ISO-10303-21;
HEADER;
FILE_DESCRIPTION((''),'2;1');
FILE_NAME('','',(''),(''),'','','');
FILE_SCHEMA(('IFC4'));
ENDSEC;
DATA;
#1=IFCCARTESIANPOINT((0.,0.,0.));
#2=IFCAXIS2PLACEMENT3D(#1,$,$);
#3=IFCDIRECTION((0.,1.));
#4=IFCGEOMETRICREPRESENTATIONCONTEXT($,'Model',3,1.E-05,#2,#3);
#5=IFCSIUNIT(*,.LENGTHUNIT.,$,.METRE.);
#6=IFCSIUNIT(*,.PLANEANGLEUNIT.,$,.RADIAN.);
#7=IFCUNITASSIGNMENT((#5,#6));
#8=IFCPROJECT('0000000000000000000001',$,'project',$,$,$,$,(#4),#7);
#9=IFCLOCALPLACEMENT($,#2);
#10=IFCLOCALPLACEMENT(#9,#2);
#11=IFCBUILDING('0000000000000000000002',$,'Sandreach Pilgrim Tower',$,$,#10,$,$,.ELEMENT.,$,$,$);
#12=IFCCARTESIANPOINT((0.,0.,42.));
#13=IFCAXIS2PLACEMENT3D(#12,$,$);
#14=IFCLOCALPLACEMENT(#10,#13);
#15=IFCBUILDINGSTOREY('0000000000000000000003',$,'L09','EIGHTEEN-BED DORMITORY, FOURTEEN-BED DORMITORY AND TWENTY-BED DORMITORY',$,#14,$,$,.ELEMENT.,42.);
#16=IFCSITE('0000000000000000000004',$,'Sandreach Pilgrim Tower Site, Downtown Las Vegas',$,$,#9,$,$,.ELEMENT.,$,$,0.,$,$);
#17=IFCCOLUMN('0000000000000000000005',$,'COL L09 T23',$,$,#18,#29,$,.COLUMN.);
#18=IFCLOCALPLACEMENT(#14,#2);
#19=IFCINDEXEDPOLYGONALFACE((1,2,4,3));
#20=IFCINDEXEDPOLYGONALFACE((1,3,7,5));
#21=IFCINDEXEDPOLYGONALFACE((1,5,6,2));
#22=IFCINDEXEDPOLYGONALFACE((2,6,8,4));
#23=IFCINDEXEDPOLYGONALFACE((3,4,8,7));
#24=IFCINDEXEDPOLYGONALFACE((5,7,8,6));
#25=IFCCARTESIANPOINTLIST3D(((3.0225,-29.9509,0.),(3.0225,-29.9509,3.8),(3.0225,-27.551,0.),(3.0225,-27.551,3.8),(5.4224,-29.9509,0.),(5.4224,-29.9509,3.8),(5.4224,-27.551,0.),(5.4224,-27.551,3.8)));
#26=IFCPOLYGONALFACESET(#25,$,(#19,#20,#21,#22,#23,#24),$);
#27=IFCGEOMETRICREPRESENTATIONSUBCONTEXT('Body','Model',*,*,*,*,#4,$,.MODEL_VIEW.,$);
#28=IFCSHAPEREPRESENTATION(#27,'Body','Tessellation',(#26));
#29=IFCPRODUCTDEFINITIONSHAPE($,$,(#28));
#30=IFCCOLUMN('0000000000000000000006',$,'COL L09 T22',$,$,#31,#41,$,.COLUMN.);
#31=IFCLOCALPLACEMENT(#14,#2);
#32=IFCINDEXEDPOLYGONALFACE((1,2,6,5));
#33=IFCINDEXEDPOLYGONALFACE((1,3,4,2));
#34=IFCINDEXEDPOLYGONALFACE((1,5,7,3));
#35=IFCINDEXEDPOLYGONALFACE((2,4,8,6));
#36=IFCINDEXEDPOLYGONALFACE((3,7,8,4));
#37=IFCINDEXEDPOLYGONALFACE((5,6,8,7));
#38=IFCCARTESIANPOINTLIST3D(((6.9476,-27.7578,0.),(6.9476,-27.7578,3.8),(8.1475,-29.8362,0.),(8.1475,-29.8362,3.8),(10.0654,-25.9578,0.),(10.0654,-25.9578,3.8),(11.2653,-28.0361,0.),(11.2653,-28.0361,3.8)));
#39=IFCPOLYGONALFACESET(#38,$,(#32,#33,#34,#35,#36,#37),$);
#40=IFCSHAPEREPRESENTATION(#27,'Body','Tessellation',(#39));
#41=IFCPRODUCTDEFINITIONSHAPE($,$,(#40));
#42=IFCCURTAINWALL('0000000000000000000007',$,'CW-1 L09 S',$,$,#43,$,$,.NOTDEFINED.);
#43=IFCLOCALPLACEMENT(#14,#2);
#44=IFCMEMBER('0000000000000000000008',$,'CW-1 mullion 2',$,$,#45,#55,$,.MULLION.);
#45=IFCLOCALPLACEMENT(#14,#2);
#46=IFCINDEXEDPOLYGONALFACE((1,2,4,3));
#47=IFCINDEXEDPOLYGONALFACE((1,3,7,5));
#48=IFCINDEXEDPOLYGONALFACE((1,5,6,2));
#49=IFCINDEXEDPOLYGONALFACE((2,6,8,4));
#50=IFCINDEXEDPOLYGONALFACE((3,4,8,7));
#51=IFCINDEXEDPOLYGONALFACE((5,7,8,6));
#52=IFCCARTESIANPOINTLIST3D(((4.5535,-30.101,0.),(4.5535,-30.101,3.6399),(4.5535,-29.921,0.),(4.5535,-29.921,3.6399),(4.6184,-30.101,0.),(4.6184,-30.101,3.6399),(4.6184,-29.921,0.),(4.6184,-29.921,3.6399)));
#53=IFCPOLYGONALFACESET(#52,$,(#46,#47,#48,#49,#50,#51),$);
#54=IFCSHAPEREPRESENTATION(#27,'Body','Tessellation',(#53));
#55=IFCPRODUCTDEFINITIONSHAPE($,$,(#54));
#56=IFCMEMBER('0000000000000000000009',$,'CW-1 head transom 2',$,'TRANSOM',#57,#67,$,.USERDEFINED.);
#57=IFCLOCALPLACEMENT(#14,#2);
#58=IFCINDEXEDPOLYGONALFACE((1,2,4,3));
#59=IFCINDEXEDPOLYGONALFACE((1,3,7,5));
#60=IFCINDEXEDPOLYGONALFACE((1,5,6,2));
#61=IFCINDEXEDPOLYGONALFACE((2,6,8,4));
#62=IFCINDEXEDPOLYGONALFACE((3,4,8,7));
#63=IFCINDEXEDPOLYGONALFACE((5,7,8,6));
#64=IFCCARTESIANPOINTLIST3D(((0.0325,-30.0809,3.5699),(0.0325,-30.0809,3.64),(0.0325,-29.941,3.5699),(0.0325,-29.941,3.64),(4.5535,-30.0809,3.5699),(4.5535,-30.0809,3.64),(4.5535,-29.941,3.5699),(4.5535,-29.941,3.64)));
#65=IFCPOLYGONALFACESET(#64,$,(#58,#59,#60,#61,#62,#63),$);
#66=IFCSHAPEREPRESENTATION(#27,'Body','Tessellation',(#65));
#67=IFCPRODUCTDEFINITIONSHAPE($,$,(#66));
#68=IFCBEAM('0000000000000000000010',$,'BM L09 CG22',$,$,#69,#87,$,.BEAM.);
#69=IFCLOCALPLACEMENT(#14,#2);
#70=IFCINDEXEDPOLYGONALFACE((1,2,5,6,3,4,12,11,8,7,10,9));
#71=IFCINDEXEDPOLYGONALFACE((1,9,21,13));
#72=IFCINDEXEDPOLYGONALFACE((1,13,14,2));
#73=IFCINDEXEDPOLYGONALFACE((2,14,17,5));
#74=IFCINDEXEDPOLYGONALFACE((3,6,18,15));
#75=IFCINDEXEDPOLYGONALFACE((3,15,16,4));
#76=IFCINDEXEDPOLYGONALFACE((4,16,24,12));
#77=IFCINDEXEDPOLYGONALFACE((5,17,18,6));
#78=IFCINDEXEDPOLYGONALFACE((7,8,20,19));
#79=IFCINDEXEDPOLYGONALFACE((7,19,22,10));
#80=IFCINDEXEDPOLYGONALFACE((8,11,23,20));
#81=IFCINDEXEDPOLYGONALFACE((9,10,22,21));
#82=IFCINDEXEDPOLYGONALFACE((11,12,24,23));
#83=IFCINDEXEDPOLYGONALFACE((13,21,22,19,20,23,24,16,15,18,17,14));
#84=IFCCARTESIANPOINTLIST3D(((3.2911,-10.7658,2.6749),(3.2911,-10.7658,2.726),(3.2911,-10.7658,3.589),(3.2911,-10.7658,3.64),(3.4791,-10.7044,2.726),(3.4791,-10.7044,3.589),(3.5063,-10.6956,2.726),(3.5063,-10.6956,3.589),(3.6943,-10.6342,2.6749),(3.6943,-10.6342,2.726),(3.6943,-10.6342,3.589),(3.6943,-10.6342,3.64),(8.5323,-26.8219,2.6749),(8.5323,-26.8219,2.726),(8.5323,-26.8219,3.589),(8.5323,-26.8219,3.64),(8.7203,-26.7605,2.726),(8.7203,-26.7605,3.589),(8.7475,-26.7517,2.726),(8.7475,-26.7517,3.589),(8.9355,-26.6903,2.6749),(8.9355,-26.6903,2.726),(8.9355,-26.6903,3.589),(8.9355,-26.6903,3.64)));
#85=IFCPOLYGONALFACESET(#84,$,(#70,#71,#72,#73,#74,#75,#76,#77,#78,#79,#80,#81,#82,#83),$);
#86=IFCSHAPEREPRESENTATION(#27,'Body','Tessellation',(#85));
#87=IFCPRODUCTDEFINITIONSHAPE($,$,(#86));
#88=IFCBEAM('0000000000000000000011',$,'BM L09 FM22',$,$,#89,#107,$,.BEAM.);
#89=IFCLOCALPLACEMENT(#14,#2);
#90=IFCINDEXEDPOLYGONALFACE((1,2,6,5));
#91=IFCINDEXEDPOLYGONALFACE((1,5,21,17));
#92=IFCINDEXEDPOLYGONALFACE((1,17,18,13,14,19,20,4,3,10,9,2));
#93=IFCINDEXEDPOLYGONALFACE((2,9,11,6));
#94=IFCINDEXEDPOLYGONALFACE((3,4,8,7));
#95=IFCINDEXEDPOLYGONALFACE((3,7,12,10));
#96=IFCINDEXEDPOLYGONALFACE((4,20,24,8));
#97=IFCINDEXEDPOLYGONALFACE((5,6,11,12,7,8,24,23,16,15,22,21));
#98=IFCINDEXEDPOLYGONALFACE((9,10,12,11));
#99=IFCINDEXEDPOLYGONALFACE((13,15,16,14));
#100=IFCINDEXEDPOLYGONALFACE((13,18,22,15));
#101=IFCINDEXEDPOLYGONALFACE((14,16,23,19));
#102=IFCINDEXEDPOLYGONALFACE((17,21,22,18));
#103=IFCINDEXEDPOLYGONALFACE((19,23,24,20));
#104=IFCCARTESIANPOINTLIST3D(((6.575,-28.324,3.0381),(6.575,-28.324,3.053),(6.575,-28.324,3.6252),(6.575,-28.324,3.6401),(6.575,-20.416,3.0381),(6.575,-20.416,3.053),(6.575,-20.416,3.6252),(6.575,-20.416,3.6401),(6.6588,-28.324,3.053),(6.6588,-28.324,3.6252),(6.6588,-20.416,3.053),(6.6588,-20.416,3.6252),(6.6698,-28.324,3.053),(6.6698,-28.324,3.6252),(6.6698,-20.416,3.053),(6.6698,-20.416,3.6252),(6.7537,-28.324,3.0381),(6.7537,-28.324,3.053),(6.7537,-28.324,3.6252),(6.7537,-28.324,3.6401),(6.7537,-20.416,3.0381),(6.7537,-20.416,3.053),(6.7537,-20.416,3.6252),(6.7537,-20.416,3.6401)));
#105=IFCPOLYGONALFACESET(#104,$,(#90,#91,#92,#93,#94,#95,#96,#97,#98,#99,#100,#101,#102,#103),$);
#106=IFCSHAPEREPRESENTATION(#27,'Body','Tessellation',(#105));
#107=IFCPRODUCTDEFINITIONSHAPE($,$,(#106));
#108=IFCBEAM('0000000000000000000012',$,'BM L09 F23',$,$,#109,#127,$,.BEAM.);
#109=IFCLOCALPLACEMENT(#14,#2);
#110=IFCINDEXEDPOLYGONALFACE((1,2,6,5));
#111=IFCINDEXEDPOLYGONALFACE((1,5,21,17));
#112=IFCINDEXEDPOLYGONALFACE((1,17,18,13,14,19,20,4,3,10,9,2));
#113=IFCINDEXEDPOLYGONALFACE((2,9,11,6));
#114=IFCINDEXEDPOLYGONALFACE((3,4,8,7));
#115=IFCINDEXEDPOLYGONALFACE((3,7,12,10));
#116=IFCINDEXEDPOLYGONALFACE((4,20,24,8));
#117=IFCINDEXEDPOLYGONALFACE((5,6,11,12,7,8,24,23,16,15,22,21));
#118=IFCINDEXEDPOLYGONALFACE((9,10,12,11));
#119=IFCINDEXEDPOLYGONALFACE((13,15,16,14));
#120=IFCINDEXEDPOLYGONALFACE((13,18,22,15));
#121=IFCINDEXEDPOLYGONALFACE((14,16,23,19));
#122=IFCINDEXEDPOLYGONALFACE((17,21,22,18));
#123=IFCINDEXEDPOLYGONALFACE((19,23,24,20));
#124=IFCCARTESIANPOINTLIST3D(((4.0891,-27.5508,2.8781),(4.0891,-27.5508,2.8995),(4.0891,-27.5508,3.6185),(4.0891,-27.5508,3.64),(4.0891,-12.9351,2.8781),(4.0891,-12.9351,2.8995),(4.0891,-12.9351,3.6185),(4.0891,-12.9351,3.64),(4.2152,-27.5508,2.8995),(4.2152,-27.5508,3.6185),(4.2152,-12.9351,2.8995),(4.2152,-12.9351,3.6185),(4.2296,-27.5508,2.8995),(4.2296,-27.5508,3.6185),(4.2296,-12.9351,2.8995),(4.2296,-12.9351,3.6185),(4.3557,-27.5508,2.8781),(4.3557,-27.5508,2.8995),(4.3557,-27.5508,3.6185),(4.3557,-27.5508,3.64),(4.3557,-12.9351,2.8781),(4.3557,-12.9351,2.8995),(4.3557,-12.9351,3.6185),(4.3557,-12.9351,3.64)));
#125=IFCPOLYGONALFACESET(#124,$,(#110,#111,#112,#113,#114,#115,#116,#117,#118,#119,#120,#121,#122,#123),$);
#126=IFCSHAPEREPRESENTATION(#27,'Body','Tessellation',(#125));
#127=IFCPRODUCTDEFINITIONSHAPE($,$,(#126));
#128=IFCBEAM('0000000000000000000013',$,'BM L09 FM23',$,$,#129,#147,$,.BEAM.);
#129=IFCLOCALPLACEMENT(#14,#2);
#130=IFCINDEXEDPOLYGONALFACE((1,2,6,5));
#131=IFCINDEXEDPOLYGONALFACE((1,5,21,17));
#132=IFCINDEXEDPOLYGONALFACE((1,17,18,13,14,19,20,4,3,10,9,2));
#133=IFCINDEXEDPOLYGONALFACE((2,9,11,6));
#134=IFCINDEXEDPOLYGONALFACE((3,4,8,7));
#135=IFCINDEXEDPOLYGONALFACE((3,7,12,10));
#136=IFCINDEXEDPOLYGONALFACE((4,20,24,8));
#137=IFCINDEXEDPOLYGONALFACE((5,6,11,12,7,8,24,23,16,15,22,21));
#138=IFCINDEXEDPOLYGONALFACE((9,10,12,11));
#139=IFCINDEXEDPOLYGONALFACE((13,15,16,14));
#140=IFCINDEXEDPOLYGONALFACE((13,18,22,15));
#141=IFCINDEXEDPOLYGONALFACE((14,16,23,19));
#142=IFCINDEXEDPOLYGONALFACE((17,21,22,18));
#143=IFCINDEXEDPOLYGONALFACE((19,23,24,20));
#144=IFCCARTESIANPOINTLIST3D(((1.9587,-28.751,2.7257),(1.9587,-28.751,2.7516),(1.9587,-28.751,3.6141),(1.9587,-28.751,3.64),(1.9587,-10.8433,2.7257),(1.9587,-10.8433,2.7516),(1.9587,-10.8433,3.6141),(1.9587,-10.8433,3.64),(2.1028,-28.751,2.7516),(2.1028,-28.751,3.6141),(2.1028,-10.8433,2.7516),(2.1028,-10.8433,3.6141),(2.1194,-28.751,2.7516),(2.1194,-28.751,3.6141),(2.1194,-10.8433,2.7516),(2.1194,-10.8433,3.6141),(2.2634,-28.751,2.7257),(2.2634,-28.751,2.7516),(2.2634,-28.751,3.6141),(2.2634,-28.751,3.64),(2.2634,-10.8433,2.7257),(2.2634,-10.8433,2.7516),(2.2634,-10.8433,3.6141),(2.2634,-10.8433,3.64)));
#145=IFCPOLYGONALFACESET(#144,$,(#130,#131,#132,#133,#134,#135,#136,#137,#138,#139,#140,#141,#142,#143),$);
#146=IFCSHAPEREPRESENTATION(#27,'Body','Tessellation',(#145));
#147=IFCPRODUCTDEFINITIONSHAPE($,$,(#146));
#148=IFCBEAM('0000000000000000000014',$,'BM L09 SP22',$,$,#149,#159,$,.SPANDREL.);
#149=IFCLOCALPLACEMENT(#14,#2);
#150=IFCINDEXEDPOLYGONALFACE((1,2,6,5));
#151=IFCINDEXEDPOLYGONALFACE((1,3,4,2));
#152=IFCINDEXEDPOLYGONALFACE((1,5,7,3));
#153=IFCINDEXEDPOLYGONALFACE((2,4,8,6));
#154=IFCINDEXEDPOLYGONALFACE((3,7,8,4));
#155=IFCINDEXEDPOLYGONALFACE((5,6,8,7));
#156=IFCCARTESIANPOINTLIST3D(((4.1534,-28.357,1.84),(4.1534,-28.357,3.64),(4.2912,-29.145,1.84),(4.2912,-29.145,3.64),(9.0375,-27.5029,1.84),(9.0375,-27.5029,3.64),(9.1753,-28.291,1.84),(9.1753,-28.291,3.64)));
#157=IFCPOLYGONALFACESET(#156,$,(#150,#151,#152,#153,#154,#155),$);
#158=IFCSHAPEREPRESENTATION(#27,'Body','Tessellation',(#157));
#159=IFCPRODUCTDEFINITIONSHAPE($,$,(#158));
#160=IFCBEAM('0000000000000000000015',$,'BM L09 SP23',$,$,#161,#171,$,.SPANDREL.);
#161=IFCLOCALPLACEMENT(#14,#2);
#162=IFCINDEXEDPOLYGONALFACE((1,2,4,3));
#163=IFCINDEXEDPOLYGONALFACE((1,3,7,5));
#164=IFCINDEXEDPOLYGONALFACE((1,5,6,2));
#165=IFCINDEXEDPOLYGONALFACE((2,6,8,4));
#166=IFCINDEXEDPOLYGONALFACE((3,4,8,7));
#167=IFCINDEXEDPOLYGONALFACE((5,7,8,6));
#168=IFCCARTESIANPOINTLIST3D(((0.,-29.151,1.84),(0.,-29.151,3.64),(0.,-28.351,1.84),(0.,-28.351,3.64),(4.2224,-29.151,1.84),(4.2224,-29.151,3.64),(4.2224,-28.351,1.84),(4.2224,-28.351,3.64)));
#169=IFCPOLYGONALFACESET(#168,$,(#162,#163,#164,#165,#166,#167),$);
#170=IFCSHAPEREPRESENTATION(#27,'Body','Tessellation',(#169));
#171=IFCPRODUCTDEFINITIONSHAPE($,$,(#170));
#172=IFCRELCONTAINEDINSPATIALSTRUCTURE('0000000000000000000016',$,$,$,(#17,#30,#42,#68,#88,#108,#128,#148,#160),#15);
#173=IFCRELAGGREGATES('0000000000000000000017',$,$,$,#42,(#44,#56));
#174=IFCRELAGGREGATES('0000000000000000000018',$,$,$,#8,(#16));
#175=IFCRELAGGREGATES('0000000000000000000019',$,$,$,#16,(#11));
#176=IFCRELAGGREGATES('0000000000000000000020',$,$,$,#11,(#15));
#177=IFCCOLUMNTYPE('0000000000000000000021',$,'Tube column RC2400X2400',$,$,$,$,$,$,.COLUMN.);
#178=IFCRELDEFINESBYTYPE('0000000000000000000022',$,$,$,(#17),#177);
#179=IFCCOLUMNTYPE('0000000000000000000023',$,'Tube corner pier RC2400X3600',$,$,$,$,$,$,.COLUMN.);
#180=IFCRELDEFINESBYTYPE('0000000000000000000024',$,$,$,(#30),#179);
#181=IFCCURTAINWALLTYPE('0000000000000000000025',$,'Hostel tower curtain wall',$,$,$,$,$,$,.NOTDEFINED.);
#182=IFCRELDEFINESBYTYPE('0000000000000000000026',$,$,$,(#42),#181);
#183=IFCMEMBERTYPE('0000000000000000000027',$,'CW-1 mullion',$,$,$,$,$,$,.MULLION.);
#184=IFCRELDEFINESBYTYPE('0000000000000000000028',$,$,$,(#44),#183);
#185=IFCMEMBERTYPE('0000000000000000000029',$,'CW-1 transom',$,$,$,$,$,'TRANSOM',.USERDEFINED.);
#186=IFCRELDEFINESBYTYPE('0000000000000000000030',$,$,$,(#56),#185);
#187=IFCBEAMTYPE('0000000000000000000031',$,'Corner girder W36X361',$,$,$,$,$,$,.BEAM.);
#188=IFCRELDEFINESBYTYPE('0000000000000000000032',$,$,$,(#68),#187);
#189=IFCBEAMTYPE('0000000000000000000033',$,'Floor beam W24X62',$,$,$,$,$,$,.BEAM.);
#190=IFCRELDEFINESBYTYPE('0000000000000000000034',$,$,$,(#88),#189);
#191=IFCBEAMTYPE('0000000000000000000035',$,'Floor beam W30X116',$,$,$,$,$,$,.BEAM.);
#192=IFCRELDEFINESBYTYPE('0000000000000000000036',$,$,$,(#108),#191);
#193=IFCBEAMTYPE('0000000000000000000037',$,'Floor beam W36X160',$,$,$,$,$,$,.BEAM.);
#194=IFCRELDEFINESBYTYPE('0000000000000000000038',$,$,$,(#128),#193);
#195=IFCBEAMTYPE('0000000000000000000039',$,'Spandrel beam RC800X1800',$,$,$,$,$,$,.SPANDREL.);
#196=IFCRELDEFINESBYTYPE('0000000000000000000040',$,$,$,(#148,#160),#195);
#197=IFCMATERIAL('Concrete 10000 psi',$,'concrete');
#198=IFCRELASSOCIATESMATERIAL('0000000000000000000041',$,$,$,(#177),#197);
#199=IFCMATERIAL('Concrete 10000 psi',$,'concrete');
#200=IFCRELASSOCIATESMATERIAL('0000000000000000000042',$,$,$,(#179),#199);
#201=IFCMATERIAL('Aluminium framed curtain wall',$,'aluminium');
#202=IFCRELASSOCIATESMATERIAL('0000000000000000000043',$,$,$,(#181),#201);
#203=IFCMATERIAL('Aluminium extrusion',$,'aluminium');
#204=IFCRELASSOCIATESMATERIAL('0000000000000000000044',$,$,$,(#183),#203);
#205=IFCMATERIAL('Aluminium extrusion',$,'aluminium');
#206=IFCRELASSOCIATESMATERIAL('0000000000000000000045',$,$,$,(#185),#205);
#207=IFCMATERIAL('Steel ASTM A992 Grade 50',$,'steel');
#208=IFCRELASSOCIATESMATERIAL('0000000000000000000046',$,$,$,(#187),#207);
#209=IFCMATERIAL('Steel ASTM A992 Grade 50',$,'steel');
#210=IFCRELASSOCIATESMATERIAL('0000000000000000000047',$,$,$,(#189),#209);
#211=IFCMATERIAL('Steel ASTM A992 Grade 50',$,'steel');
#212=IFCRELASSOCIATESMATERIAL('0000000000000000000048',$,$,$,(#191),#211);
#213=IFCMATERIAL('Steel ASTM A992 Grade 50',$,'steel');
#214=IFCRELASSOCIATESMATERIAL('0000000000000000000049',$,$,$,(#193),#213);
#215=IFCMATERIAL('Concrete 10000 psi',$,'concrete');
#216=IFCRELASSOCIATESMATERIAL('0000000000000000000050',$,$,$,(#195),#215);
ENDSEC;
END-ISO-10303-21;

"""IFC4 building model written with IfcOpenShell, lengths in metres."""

from ifc_helpers import new_model, si_unit, direction, frame, origin, origin_2d, place, context, subcontext, project, spatial, rectangle, i_section, extrude, material, material_profile, profile_set, type_object, element, aggregate, save


model = new_model("IFC4")

# Units and contexts
model_context = context("Model", 3, precision=1e-05, world=origin(), true_north=direction((0.0, 1.0)))
body_context = subcontext(model_context, "Body", "Model", "MODEL_VIEW")
ifc_project = project(units=[si_unit("LENGTHUNIT", "METRE"), si_unit("PLANEANGLEUNIT", "RADIAN")], contexts=[model_context])

# Site, building, storey
site_placement = place(None, origin())
site = spatial("IfcSite", under=ifc_project, at=site_placement, Name="Sandreach Pilgrim Tower Site, Downtown Las Vegas", CompositionType="ELEMENT", RefElevation=0.0)
building_placement = place(site_placement, origin())
building = spatial("IfcBuilding", under=site, at=building_placement, Name="Sandreach Pilgrim Tower", CompositionType="ELEMENT")
storey_placement = place(building_placement, frame((0.0, 0.0, 42.0)))
storey = spatial("IfcBuildingStorey", under=building, at=storey_placement, Name="L09", Description="EIGHTEEN-BED DORMITORY, FOURTEEN-BED DORMITORY AND TWENTY-BED DORMITORY", CompositionType="ELEMENT", Elevation=42.0)

# Columns
ifc_material_1 = material(Name="Concrete 10000 psi", Category="concrete")
ifc_material_profile_1 = material_profile(ifc_material_1, rectangle(XDim=2.3999, YDim=2.3999, at=origin_2d()), Name="RC2400X2400")
ifc_profile_set_1 = profile_set([ifc_material_profile_1], Name="Concrete 10000 psi")
column_type_1 = type_object("IfcColumnType", Name="Tube column RC2400X2400", PredefinedType="COLUMN", material=ifc_profile_set_1)
column_1_placement = place(storey_placement, frame((4.2224, -28.751, 0.0), z_axis=(0.0, 0.0, 1.0), x_axis=(0.0, -1.0, 0.0)))
element("IfcColumn", 1, at=column_1_placement, inside=storey, type_object=column_type_1, Name="COL L09 T23", PredefinedType="COLUMN", context=body_context, shape_type="SweptSolid", body=[
    extrude(rectangle(XDim=2.3999, YDim=2.3999, at=origin_2d()), origin(), (0.0, 0.0, 1.0), 3.8),
])
ifc_material_2 = material(Name="Concrete 10000 psi", Category="concrete")
ifc_material_profile_2 = material_profile(ifc_material_2, rectangle(XDim=2.3999, YDim=3.6001, at=origin_2d()), Name="RC2400X3600")
ifc_profile_set_2 = profile_set([ifc_material_profile_2], Name="Concrete 10000 psi")
column_type_2 = type_object("IfcColumnType", Name="Tube corner pier RC2400X3600", PredefinedType="COLUMN", material=ifc_profile_set_2)
column_2_placement = place(storey_placement, frame((9.1064, -27.897, 0.0), z_axis=(0.0, 0.0, 1.0), x_axis=(0.5, -0.866025, 0.0)))
element("IfcColumn", 2, at=column_2_placement, inside=storey, type_object=column_type_2, Name="COL L09 T22", PredefinedType="COLUMN", context=body_context, shape_type="SweptSolid", body=[
    extrude(rectangle(XDim=2.3999, YDim=3.6001, at=origin_2d()), origin(), (0.0, 0.0, 1.0), 3.8),
])

# Curtain wall, members
ifc_material_3 = material(Name="Aluminium framed curtain wall", Category="aluminium")
curtain_wall_type = type_object("IfcCurtainWallType", Name="Hostel tower curtain wall", PredefinedType="NOTDEFINED", material=ifc_material_3)
curtain_wall_placement = place(storey_placement, origin())
curtain_wall = element("IfcCurtainWall", 3, at=curtain_wall_placement, inside=storey, type_object=curtain_wall_type, Name="CW-1 L09 S", PredefinedType="NOTDEFINED")
ifc_material_4 = material(Name="Aluminium extrusion", Category="aluminium")
ifc_material_profile_3 = material_profile(ifc_material_4, rectangle(XDim=0.0649, YDim=0.1799, at=origin_2d()), Name="CW-1M 65X180")
ifc_profile_set_3 = profile_set([ifc_material_profile_3], Name="Aluminium extrusion")
member_type_1 = type_object("IfcMemberType", Name="CW-1 mullion", PredefinedType="MULLION", material=ifc_profile_set_3)
member_1_placement = place(storey_placement, frame((4.5859, -30.011, 0.0), z_axis=(0.0, 0.0, 1.0), x_axis=(-1.0, 0.0, 0.0)))
member_1 = element("IfcMember", 4, at=member_1_placement, type_object=member_type_1, Name="CW-1 mullion 2", PredefinedType="MULLION", context=body_context, shape_type="SweptSolid", body=[
    extrude(rectangle(XDim=0.0649, YDim=0.1799, at=origin_2d()), origin(), (0.0, 0.0, 1.0), 3.6399),
])
ifc_material_5 = material(Name="Aluminium extrusion", Category="aluminium")
ifc_material_profile_4 = material_profile(ifc_material_5, rectangle(XDim=0.1399, YDim=0.0701, at=origin_2d()), Name="CW-1T 140X70")
ifc_profile_set_4 = profile_set([ifc_material_profile_4], Name="Aluminium extrusion")
member_type_2 = type_object("IfcMemberType", Name="CW-1 transom", ElementType="TRANSOM", PredefinedType="USERDEFINED", material=ifc_profile_set_4)
member_2_placement = place(storey_placement, frame((4.5535, -30.011, 3.605), z_axis=(-1.0, 0.0, 0.0), x_axis=(0.0, -1.0, 0.0)))
member_2 = element("IfcMember", 5, at=member_2_placement, type_object=member_type_2, Name="CW-1 head transom 2", ObjectType="TRANSOM", PredefinedType="USERDEFINED", context=body_context, shape_type="SweptSolid", body=[
    extrude(rectangle(XDim=0.1399, YDim=0.0701, at=origin_2d()), origin(), (0.0, 0.0, 1.0), 4.521),
])

# Beams
ifc_material_6 = material(Name="Steel ASTM A992 Grade 50", Category="steel")
ifc_material_profile_5 = material_profile(ifc_material_6, i_section(OverallWidth=0.4241, OverallDepth=0.9651, WebThickness=0.0286, FlangeThickness=0.051, at=origin_2d()), Name="W36X361")
ifc_profile_set_5 = profile_set([ifc_material_profile_5], Name="Steel ASTM A992 Grade 50")
beam_type_1 = type_object("IfcBeamType", Name="Corner girder W36X361", PredefinedType="BEAM", material=ifc_profile_set_5)
beam_1_placement = place(storey_placement, frame((8.7339, -26.7561, 3.1575), z_axis=(-0.310315, 0.950634, 0.0), x_axis=(-0.950634, -0.310315, 0.0)))
element("IfcBeam", 6, at=beam_1_placement, inside=storey, type_object=beam_type_1, Name="BM L09 CG22", PredefinedType="BEAM", context=body_context, shape_type="SweptSolid", body=[
    extrude(i_section(OverallWidth=0.4241, OverallDepth=0.9651, WebThickness=0.0286, FlangeThickness=0.051, at=origin_2d()), origin(), (0.0, 0.0, 1.0), 16.8899),
])
ifc_material_7 = material(Name="Steel ASTM A992 Grade 50", Category="steel")
ifc_material_profile_6 = material_profile(ifc_material_7, i_section(OverallWidth=0.1787, OverallDepth=0.6021, WebThickness=0.011, FlangeThickness=0.0149, at=origin_2d()), Name="W24X62")
ifc_profile_set_6 = profile_set([ifc_material_profile_6], Name="Steel ASTM A992 Grade 50")
beam_type_2 = type_object("IfcBeamType", Name="Floor beam W24X62", PredefinedType="BEAM", material=ifc_profile_set_6)
beam_2_placement = place(storey_placement, frame((6.6643, -28.324, 3.3391), z_axis=(0.0, 1.0, 0.0), x_axis=(-1.0, 0.0, 0.0)))
element("IfcBeam", 7, at=beam_2_placement, inside=storey, type_object=beam_type_2, Name="BM L09 FM22", PredefinedType="BEAM", context=body_context, shape_type="SweptSolid", body=[
    extrude(i_section(OverallWidth=0.1787, OverallDepth=0.6021, WebThickness=0.011, FlangeThickness=0.0149, at=origin_2d()), origin(), (0.0, 0.0, 1.0), 7.908),
])
ifc_material_8 = material(Name="Steel ASTM A992 Grade 50", Category="steel")
ifc_material_profile_7 = material_profile(ifc_material_8, i_section(OverallWidth=0.2666, OverallDepth=0.762, WebThickness=0.0144, FlangeThickness=0.0215, at=origin_2d()), Name="W30X116")
ifc_profile_set_7 = profile_set([ifc_material_profile_7], Name="Steel ASTM A992 Grade 50")
beam_type_3 = type_object("IfcBeamType", Name="Floor beam W30X116", PredefinedType="BEAM", material=ifc_profile_set_7)
beam_3_placement = place(storey_placement, frame((4.2224, -27.5508, 3.259), z_axis=(0.0, 1.0, 0.0), x_axis=(-1.0, 0.0, 0.0)))
element("IfcBeam", 8, at=beam_3_placement, inside=storey, type_object=beam_type_3, Name="BM L09 F23", PredefinedType="BEAM", context=body_context, shape_type="SweptSolid", body=[
    extrude(i_section(OverallWidth=0.2666, OverallDepth=0.762, WebThickness=0.0144, FlangeThickness=0.0215, at=origin_2d()), origin(), (0.0, 0.0, 1.0), 14.6157),
])
ifc_material_9 = material(Name="Steel ASTM A992 Grade 50", Category="steel")
ifc_material_profile_8 = material_profile(ifc_material_9, i_section(OverallWidth=0.3047, OverallDepth=0.9143, WebThickness=0.0166, FlangeThickness=0.0259, at=origin_2d()), Name="W36X160")
ifc_profile_set_8 = profile_set([ifc_material_profile_8], Name="Steel ASTM A992 Grade 50")
beam_type_4 = type_object("IfcBeamType", Name="Floor beam W36X160", PredefinedType="BEAM", material=ifc_profile_set_8)
beam_4_placement = place(storey_placement, frame((2.1111, -28.751, 3.1829), z_axis=(0.0, 1.0, 0.0), x_axis=(-1.0, 0.0, 0.0)))
element("IfcBeam", 9, at=beam_4_placement, inside=storey, type_object=beam_type_4, Name="BM L09 FM23", PredefinedType="BEAM", context=body_context, shape_type="SweptSolid", body=[
    extrude(i_section(OverallWidth=0.3047, OverallDepth=0.9143, WebThickness=0.0166, FlangeThickness=0.0259, at=origin_2d()), origin(), (0.0, 0.0, 1.0), 17.9077),
])
ifc_material_10 = material(Name="Concrete 10000 psi", Category="concrete")
ifc_material_profile_9 = material_profile(ifc_material_10, rectangle(XDim=0.8, YDim=1.8, at=origin_2d()), Name="RC800X1800")
ifc_profile_set_9 = profile_set([ifc_material_profile_9], Name="Concrete 10000 psi")
beam_type_5 = type_object("IfcBeamType", Name="Spandrel beam RC800X1800", PredefinedType="SPANDREL", material=ifc_profile_set_9)
beam_5_placement = place(storey_placement, frame((9.1064, -27.897, 2.74), z_axis=(-0.985054, -0.172243, 0.0), x_axis=(0.172243, -0.985054, 0.0)))
element("IfcBeam", 10, at=beam_5_placement, inside=storey, type_object=beam_type_5, Name="BM L09 SP22", PredefinedType="SPANDREL", context=body_context, shape_type="SweptSolid", body=[
    extrude(rectangle(XDim=0.8, YDim=1.8, at=origin_2d()), origin(), (0.0, 0.0, 1.0), 4.9583),
])
beam_6_placement = place(storey_placement, frame((4.2224, -28.751, 2.74), z_axis=(-1.0, 0.0, 0.0), x_axis=(0.0, -1.0, 0.0)))
element("IfcBeam", 11, at=beam_6_placement, inside=storey, type_object=beam_type_5, Name="BM L09 SP23", PredefinedType="SPANDREL", context=body_context, shape_type="SweptSolid", body=[
    extrude(rectangle(XDim=0.8, YDim=1.8, at=origin_2d()), origin(), (0.0, 0.0, 1.0), 4.2224),
])

aggregate(curtain_wall, [member_1, member_2])

save(model, "model.ifc")
